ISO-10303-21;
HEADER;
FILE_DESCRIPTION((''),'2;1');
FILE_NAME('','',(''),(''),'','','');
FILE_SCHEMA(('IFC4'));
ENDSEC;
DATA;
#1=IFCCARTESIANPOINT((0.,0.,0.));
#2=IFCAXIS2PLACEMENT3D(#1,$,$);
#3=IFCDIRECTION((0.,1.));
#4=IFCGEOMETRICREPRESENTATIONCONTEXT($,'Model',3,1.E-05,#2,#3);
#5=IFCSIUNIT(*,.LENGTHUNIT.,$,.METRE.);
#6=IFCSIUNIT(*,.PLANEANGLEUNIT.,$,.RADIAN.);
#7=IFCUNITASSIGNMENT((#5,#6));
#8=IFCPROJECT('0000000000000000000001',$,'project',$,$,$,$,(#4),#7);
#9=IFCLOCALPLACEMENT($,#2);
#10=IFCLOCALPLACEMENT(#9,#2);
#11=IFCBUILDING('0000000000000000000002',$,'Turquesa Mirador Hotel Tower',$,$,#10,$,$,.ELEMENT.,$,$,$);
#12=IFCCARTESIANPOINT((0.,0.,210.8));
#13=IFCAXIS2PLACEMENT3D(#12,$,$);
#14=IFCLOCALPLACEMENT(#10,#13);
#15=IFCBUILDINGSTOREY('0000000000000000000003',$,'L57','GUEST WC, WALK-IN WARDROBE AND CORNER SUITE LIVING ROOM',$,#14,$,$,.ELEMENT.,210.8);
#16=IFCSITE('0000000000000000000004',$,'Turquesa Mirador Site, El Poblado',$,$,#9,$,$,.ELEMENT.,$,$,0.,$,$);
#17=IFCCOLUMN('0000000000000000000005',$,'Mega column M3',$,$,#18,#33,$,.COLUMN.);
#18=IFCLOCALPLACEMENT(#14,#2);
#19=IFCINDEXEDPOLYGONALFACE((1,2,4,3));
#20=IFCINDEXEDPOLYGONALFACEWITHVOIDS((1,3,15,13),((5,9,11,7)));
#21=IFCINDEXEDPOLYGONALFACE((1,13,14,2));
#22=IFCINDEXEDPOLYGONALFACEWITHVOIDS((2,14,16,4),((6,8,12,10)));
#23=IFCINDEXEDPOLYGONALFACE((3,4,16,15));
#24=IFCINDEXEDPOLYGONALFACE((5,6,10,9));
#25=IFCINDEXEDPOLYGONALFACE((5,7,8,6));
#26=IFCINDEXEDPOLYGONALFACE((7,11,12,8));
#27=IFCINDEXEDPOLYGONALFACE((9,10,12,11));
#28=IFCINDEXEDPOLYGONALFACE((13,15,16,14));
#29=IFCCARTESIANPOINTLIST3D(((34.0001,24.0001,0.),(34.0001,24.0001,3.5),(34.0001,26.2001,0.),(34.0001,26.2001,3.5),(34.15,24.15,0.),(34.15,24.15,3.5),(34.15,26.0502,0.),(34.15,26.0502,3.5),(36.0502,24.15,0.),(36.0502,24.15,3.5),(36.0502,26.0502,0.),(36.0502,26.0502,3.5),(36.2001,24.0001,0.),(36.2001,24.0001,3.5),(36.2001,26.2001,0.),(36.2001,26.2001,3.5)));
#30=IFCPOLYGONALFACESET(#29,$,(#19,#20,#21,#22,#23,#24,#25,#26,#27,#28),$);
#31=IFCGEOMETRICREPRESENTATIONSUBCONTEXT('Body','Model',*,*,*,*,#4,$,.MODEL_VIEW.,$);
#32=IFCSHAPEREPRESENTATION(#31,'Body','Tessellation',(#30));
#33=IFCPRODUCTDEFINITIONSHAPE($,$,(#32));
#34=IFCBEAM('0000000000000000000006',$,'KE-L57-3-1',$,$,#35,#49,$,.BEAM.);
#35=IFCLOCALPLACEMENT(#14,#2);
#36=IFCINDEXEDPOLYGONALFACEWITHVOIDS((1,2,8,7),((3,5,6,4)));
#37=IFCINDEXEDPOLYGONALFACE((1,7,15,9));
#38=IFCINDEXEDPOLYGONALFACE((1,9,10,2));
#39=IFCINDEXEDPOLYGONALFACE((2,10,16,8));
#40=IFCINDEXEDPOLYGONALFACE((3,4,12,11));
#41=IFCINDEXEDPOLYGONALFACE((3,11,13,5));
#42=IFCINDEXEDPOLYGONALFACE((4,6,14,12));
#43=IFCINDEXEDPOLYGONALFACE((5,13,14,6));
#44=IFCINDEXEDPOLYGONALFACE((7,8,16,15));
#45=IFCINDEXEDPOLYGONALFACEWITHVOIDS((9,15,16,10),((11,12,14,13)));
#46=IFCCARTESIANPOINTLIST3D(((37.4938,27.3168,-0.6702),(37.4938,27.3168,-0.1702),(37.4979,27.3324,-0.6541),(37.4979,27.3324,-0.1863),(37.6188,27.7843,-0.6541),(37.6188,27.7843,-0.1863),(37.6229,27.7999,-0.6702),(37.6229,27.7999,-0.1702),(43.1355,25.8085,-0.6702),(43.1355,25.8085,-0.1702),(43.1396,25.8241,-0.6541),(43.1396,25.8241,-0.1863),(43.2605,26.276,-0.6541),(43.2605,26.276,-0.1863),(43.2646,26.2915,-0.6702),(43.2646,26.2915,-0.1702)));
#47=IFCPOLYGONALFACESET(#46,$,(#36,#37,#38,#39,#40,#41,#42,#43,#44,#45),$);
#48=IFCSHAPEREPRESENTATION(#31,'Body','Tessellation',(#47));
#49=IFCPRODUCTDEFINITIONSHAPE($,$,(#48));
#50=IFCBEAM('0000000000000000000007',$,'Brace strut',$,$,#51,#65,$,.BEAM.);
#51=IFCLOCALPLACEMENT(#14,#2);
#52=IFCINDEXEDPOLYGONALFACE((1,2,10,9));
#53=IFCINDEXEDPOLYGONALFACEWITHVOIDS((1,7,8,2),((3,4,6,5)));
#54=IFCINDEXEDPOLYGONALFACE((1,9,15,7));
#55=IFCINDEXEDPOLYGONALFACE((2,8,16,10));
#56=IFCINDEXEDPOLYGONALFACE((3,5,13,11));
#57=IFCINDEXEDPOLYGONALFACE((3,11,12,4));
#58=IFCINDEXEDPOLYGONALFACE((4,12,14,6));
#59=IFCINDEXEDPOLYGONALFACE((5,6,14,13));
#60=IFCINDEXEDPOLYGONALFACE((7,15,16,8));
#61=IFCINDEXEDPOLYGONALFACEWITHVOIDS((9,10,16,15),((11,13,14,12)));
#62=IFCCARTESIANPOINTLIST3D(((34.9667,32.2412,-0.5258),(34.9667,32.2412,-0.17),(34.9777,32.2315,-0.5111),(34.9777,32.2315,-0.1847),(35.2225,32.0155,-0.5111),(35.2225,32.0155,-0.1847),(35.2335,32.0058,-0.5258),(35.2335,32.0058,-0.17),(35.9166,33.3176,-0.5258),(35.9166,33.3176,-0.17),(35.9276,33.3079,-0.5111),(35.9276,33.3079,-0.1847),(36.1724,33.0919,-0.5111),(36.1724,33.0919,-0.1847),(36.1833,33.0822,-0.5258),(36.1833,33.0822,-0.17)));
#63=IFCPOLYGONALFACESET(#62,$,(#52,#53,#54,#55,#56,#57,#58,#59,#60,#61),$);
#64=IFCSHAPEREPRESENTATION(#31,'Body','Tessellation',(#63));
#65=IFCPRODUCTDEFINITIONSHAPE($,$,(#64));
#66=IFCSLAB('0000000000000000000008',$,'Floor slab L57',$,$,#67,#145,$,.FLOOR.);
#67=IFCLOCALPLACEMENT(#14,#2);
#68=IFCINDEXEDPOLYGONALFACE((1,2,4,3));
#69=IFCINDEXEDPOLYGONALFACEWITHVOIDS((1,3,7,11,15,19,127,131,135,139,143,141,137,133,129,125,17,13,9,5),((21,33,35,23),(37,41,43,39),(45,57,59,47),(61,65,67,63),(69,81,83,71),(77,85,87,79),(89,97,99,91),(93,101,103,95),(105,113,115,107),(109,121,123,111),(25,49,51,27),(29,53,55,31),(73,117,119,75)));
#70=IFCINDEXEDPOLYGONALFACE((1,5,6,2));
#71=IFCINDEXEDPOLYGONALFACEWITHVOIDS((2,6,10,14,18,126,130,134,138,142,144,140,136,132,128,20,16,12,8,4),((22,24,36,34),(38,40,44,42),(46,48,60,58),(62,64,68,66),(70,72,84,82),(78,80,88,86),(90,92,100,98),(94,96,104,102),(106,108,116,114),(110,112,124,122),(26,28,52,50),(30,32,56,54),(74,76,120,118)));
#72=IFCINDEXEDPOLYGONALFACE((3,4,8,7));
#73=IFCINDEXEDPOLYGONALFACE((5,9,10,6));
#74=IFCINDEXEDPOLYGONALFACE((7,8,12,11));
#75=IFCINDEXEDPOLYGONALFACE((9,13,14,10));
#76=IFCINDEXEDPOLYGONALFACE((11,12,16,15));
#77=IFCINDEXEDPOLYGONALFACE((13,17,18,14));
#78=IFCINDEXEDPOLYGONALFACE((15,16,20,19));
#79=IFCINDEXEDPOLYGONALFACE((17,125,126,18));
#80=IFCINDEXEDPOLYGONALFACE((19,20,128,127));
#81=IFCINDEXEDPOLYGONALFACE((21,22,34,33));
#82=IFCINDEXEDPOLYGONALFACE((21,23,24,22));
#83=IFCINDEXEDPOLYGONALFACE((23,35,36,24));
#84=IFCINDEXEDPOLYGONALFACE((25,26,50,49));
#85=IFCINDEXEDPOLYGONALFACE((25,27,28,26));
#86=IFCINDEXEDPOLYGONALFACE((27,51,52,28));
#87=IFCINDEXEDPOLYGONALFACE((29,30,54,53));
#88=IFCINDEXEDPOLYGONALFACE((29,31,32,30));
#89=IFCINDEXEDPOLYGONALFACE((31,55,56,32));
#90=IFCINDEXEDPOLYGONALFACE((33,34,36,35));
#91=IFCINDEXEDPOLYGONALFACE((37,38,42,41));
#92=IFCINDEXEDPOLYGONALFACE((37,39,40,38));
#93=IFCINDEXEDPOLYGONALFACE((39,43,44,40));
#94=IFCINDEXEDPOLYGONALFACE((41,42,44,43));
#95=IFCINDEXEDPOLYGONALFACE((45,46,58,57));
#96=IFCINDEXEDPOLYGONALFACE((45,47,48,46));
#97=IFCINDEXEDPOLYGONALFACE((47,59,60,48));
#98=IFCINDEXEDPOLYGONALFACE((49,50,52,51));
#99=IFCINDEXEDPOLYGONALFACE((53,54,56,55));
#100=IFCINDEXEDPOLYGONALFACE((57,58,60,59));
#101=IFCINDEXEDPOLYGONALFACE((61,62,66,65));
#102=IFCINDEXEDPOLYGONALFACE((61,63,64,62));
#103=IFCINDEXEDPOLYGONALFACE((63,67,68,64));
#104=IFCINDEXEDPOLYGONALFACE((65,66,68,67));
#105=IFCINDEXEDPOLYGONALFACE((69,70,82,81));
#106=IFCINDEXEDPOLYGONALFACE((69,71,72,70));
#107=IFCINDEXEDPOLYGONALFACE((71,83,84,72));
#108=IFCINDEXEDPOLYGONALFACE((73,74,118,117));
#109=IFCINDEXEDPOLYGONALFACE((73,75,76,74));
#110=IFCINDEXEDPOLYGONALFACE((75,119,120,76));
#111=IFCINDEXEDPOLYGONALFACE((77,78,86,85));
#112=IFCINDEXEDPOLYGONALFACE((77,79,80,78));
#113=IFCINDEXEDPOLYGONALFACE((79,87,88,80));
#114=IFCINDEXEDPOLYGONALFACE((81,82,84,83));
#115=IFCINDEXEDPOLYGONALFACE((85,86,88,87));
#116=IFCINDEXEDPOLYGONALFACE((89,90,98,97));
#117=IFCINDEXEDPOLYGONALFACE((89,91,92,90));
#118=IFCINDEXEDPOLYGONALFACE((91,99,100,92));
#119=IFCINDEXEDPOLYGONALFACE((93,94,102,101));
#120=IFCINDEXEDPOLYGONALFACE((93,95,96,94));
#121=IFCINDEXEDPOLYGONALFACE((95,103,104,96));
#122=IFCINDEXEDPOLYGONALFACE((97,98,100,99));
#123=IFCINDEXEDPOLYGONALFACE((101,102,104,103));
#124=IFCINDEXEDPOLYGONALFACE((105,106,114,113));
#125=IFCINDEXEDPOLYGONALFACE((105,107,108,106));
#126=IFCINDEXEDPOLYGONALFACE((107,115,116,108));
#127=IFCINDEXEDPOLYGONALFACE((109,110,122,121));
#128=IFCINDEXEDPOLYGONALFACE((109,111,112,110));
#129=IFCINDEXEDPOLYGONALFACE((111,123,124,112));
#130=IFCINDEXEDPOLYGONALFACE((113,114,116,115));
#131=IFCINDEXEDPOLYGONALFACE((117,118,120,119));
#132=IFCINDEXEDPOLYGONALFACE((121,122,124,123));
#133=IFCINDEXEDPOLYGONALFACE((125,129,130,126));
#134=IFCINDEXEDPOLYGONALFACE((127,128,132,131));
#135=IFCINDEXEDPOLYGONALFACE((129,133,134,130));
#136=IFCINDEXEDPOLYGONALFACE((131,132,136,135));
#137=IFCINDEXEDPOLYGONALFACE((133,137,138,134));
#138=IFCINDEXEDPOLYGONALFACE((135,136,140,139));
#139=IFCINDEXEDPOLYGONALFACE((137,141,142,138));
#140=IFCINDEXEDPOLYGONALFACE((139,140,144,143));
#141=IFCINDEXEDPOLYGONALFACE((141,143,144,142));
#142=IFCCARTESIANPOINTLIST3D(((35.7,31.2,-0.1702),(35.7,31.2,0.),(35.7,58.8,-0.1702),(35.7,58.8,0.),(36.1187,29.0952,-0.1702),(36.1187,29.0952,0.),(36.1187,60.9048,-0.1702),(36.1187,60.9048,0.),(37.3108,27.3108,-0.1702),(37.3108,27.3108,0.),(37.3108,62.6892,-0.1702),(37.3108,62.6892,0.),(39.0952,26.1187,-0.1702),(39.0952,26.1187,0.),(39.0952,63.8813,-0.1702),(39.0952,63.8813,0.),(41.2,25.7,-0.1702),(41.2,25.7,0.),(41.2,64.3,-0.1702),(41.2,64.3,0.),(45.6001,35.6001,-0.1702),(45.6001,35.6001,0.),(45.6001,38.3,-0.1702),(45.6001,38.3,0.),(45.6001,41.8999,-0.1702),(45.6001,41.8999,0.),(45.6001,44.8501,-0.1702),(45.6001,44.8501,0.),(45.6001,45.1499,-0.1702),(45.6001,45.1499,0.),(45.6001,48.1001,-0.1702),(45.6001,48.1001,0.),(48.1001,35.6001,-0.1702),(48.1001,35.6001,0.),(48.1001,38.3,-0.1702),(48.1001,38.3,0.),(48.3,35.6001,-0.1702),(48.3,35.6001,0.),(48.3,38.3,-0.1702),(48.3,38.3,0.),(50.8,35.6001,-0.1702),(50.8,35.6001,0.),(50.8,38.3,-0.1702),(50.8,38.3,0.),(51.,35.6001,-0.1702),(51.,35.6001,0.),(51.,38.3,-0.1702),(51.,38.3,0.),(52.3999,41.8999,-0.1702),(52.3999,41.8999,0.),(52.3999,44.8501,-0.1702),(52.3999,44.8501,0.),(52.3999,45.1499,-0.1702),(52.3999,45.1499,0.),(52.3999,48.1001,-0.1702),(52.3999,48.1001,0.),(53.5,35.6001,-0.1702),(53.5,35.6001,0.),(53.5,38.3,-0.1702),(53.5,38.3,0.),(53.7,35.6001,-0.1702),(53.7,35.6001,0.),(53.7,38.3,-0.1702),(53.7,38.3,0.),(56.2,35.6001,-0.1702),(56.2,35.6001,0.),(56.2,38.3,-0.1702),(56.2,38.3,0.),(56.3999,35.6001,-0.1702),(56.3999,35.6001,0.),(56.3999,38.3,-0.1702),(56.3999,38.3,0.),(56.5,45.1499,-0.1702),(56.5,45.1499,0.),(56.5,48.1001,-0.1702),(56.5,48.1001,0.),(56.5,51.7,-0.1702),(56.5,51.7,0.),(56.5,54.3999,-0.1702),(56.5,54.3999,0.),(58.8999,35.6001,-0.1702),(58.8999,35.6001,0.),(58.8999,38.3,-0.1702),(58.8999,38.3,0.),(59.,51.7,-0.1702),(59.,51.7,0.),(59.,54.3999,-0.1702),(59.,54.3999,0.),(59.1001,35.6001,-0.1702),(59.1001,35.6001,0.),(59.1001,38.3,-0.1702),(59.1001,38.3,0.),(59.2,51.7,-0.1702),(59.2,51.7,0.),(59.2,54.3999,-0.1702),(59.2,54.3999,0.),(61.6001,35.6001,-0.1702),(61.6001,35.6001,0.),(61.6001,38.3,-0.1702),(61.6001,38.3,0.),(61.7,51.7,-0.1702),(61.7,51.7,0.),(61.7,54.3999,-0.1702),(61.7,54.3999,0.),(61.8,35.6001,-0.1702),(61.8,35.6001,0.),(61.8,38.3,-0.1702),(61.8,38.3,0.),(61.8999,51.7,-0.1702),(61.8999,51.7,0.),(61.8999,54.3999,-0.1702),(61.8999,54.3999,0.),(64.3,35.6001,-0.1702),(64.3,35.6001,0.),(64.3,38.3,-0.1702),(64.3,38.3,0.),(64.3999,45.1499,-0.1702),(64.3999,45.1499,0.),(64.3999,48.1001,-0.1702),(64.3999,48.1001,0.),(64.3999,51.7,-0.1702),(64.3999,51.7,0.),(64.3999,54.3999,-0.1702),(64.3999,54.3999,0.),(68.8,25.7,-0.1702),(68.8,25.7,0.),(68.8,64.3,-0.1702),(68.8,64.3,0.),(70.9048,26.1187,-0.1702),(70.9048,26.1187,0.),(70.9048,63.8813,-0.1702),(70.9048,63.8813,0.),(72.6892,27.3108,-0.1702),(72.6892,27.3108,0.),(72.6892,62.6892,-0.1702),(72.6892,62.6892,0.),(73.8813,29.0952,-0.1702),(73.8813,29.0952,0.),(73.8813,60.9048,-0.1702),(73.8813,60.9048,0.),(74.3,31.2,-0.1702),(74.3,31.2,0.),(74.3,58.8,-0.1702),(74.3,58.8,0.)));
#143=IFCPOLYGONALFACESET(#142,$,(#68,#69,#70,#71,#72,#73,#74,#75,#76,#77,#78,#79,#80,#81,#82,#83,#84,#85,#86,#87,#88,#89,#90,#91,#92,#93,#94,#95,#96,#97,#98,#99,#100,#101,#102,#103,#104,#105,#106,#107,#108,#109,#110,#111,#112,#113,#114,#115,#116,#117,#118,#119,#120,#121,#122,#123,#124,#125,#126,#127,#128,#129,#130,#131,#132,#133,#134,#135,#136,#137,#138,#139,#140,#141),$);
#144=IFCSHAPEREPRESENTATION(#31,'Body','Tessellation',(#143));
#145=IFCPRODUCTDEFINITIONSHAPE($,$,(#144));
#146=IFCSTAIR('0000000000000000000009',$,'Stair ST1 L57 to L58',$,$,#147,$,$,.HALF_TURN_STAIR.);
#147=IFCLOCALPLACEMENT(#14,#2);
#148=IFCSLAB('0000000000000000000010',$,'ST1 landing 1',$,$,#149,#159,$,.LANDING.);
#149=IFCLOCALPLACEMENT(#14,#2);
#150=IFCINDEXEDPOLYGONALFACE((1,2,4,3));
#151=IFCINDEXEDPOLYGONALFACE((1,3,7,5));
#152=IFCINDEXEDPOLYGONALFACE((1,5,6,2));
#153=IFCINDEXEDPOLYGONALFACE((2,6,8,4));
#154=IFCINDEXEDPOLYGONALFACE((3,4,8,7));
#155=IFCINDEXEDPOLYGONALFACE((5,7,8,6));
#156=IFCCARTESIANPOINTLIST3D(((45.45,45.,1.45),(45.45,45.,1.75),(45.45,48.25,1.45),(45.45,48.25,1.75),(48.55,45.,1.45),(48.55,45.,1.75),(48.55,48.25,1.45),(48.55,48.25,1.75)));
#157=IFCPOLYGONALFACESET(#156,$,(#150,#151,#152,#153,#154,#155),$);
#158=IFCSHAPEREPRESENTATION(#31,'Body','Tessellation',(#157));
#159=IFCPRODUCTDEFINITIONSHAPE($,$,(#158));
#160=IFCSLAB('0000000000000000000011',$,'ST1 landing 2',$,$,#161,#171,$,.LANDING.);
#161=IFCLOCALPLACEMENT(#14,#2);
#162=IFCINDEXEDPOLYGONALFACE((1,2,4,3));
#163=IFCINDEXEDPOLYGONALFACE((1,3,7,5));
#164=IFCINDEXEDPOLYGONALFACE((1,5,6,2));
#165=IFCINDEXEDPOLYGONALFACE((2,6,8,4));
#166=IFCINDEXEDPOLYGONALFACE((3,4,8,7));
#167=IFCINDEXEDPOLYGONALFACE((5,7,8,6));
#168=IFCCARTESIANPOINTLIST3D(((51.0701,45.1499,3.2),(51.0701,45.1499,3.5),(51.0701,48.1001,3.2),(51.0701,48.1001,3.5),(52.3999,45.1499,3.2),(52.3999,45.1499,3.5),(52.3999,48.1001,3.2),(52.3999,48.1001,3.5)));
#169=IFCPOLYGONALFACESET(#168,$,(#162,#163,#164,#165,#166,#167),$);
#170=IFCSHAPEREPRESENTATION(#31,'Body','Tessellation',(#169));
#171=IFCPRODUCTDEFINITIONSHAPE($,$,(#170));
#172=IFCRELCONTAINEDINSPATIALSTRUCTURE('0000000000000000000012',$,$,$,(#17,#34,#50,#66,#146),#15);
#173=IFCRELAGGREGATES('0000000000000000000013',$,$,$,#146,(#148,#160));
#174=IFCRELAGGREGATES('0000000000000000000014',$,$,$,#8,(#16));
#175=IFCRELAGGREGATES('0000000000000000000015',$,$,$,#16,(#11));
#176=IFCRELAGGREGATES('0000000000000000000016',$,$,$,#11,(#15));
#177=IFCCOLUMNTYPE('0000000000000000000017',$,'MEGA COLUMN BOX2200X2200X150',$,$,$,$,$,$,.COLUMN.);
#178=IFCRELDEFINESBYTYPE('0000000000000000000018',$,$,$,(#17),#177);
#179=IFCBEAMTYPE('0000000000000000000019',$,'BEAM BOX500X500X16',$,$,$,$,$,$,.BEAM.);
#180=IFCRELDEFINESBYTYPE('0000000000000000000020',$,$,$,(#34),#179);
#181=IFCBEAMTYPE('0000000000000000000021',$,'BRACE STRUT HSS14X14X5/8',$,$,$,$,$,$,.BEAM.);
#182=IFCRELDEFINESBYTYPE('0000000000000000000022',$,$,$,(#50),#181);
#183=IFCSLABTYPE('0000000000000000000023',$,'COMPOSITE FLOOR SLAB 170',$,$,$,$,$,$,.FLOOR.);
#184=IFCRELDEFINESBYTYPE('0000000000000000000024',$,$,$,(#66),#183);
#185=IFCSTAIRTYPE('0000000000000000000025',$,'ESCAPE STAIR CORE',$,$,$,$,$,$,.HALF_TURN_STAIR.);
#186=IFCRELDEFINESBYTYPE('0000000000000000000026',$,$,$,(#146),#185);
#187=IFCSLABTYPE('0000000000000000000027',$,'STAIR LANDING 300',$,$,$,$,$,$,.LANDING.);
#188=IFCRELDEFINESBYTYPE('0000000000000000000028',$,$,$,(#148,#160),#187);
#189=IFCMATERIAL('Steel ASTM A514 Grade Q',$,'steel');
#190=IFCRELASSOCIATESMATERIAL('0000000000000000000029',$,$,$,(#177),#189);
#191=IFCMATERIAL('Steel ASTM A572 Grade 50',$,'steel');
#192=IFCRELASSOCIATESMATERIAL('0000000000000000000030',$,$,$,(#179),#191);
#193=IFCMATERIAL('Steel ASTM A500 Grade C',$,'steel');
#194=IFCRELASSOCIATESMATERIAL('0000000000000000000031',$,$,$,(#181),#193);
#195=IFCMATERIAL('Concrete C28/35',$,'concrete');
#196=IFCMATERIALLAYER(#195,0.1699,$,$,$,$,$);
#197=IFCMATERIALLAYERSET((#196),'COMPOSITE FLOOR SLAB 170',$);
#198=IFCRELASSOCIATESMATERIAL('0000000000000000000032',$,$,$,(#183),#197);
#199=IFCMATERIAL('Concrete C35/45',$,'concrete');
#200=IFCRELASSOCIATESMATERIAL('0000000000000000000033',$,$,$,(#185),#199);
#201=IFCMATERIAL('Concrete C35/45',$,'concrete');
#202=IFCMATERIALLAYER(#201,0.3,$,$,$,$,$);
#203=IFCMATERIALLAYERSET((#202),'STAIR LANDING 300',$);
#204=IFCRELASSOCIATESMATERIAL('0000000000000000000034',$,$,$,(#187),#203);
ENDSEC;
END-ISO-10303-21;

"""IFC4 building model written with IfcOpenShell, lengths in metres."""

from ifc_helpers import new_model, si_unit, direction, frame, origin, origin_2d, place, context, subcontext, project, spatial, polyline, hollow_rectangle, outline, extrude, material, layer, layer_set, material_profile, profile_set, type_object, element, aggregate, save


model = new_model("IFC4")

# Units and contexts
model_context = context("Model", 3, precision=1e-05, world=origin(), true_north=direction((0.0, 1.0)))
body_context = subcontext(model_context, "Body", "Model", "MODEL_VIEW")
ifc_project = project(units=[si_unit("LENGTHUNIT", "METRE"), si_unit("PLANEANGLEUNIT", "RADIAN")], contexts=[model_context])

# Site, building, storey
site_placement = place(None, origin())
site = spatial("IfcSite", under=ifc_project, at=site_placement, Name="Turquesa Mirador Site, El Poblado", CompositionType="ELEMENT", RefElevation=0.0)
building_placement = place(site_placement, origin())
building = spatial("IfcBuilding", under=site, at=building_placement, Name="Turquesa Mirador Hotel Tower", CompositionType="ELEMENT")
storey_placement = place(building_placement, frame((0.0, 0.0, 210.8)))
storey = spatial("IfcBuildingStorey", under=building, at=storey_placement, Name="L57", Description="GUEST WC, WALK-IN WARDROBE AND CORNER SUITE LIVING ROOM", CompositionType="ELEMENT", Elevation=210.8)

# Column
ifc_material_1 = material(Name="Steel ASTM A514 Grade Q", Category="steel")
ifc_material_profile_1 = material_profile(ifc_material_1, hollow_rectangle(XDim=2.2, YDim=2.2, WallThickness=0.1499, at=origin_2d()), Name="BOX2200X2200X150")
ifc_profile_set_1 = profile_set([ifc_material_profile_1], Name="Steel ASTM A514 Grade Q")
column_type = type_object("IfcColumnType", Name="MEGA COLUMN BOX2200X2200X150", PredefinedType="COLUMN", material=ifc_profile_set_1)
column_placement = place(storey_placement, frame((35.1001, 25.1001, 0.0), z_axis=(0.0, 0.0, 1.0), x_axis=(1.0, 0.0, 0.0)))
element("IfcColumn", 1, at=column_placement, inside=storey, type_object=column_type, Name="Mega column M3", PredefinedType="COLUMN", context=body_context, shape_type="SweptSolid", body=[
    extrude(hollow_rectangle(XDim=2.2, YDim=2.2, WallThickness=0.1499, at=origin_2d()), origin(), (0.0, 0.0, 1.0), 3.5),
])

# Beams
ifc_material_2 = material(Name="Steel ASTM A572 Grade 50", Category="steel")
ifc_material_profile_2 = material_profile(ifc_material_2, hollow_rectangle(XDim=0.5, YDim=0.5, WallThickness=0.0161, at=origin_2d()), Name="BOX500X500X16")
ifc_profile_set_2 = profile_set([ifc_material_profile_2], Name="Steel ASTM A572 Grade 50")
beam_type_1 = type_object("IfcBeamType", Name="BEAM BOX500X500X16", PredefinedType="BEAM", material=ifc_profile_set_2)
beam_1_placement = place(storey_placement, frame((37.5583, 27.5583, -0.4202), z_axis=(0.96607, -0.258282, 0.0), x_axis=(0.258282, 0.96607, 0.0)))
element("IfcBeam", 2, at=beam_1_placement, inside=storey, type_object=beam_type_1, Name="KE-L57-3-1", PredefinedType="BEAM", context=body_context, shape_type="SweptSolid", body=[
    extrude(hollow_rectangle(XDim=0.5, YDim=0.5, WallThickness=0.0161, at=origin_2d()), origin(), (0.0, 0.0, 1.0), 5.8398),
])
ifc_material_3 = material(Name="Steel ASTM A500 Grade C", Category="steel")
ifc_material_profile_3 = material_profile(ifc_material_3, hollow_rectangle(XDim=0.3557, YDim=0.3557, WallThickness=0.0146, at=origin_2d()), Name="HSS14X14X5/8")
ifc_profile_set_3 = profile_set([ifc_material_profile_3], Name="Steel ASTM A500 Grade C")
beam_type_2 = type_object("IfcBeamType", Name="BRACE STRUT HSS14X14X5/8", PredefinedType="BEAM", material=ifc_profile_set_3)
beam_2_placement = place(storey_placement, frame((35.1001, 32.1235, -0.3479), z_axis=(0.661689, 0.749778, 0.0), x_axis=(-0.749778, 0.661689, 0.0)))
element("IfcBeam", 3, at=beam_2_placement, inside=storey, type_object=beam_type_2, Name="Brace strut", PredefinedType="BEAM", context=body_context, shape_type="SweptSolid", body=[
    extrude(hollow_rectangle(XDim=0.3557, YDim=0.3557, WallThickness=0.0146, at=origin_2d()), origin(), (0.0, 0.0, 1.0), 1.4355),
])

# Slab
ifc_material_4 = material(Name="Concrete C28/35", Category="concrete")
ifc_layer_1 = layer(ifc_material_4, 0.1699)
ifc_layer_set_1 = layer_set([ifc_layer_1], Name="COMPOSITE FLOOR SLAB 170")
slab_type_1 = type_object("IfcSlabType", Name="COMPOSITE FLOOR SLAB 170", PredefinedType="FLOOR", material=ifc_layer_set_1)
slab_1_placement = place(storey_placement, frame((0.0, 0.0, -0.1702)))
element("IfcSlab", 4, at=slab_1_placement, inside=storey, type_object=slab_type_1, Name="Floor slab L57", PredefinedType="FLOOR", context=body_context, shape_type="SweptSolid", body=[
    extrude(outline(polyline([(68.8, 25.7), (70.9048, 26.1187), (72.6892, 27.3108), (73.8813, 29.0952), (74.3, 31.2), (74.3, 58.8), (73.8813, 60.9048), (72.6892, 62.6892), (70.9048, 63.8813), (68.8, 64.3), (41.2, 64.3), (39.0952, 63.8813), (37.3108, 62.6892), (36.1187, 60.9048), (35.7, 58.8), (35.7, 31.2), (36.1187, 29.0952), (37.3108, 27.3108), (39.0952, 26.1187), (41.2, 25.7), (68.8, 25.7)]), holes=[polyline([(56.5, 51.7), (59.0, 51.7), (59.0, 54.3999), (56.5, 54.3999), (56.5, 51.7)]), polyline([(59.2, 51.7), (61.7, 51.7), (61.7, 54.3999), (59.2, 54.3999), (59.2, 51.7)]), polyline([(45.6001, 35.6001), (48.1001, 35.6001), (48.1001, 38.3), (45.6001, 38.3), (45.6001, 35.6001)]), polyline([(48.3, 35.6001), (50.8, 35.6001), (50.8, 38.3), (48.3, 38.3), (48.3, 35.6001)]), polyline([(51.0, 35.6001), (53.5, 35.6001), (53.5, 38.3), (51.0, 38.3), (51.0, 35.6001)]), polyline([(53.7, 35.6001), (56.2, 35.6001), (56.2, 38.3), (53.7, 38.3), (53.7, 35.6001)]), polyline([(56.3999, 35.6001), (58.8999, 35.6001), (58.8999, 38.3), (56.3999, 38.3), (56.3999, 35.6001)]), polyline([(59.1001, 35.6001), (61.6001, 35.6001), (61.6001, 38.3), (59.1001, 38.3), (59.1001, 35.6001)]), polyline([(61.8, 35.6001), (64.3, 35.6001), (64.3, 38.3), (61.8, 38.3), (61.8, 35.6001)]), polyline([(45.6001, 45.1499), (52.3999, 45.1499), (52.3999, 48.1001), (45.6001, 48.1001), (45.6001, 45.1499)]), polyline([(45.6001, 41.8999), (52.3999, 41.8999), (52.3999, 44.8501), (45.6001, 44.8501), (45.6001, 41.8999)]), polyline([(56.5, 45.1499), (64.3999, 45.1499), (64.3999, 48.1001), (56.5, 48.1001), (56.5, 45.1499)]), polyline([(61.8999, 51.7), (64.3999, 51.7), (64.3999, 54.3999), (61.8999, 54.3999), (61.8999, 51.7)])]), origin(), (0.0, 0.0, 1.0), 0.1702),
])

# Stair, slabs
ifc_material_5 = material(Name="Concrete C35/45", Category="concrete")
stair_type = type_object("IfcStairType", Name="ESCAPE STAIR CORE", PredefinedType="HALF_TURN_STAIR", material=ifc_material_5)
stair_1_placement = place(storey_placement, origin())
stair_1 = element("IfcStair", 5, at=stair_1_placement, inside=storey, type_object=stair_type, Name="Stair ST1 L57 to L58", PredefinedType="HALF_TURN_STAIR")
ifc_material_6 = material(Name="Concrete C35/45", Category="concrete")
ifc_layer_2 = layer(ifc_material_6, 0.3)
ifc_layer_set_2 = layer_set([ifc_layer_2], Name="STAIR LANDING 300")
slab_type_2 = type_object("IfcSlabType", Name="STAIR LANDING 300", PredefinedType="LANDING", material=ifc_layer_set_2)
slab_2_placement = place(storey_placement, frame((0.0, 0.0, 1.45)))
slab_2 = element("IfcSlab", 6, at=slab_2_placement, type_object=slab_type_2, Name="ST1 landing 1", PredefinedType="LANDING", context=body_context, shape_type="SweptSolid", body=[
    extrude(outline(polyline([(45.45, 45.0), (48.55, 45.0), (48.55, 48.25), (45.45, 48.25), (45.45, 45.0)])), origin(), (0.0, 0.0, 1.0), 0.3),
])
slab_3_placement = place(storey_placement, frame((0.0, 0.0, 3.2)))
slab_3 = element("IfcSlab", 7, at=slab_3_placement, type_object=slab_type_2, Name="ST1 landing 2", PredefinedType="LANDING", context=body_context, shape_type="SweptSolid", body=[
    extrude(outline(polyline([(51.0701, 45.1499), (52.3999, 45.1499), (52.3999, 48.1001), (51.0701, 48.1001), (51.0701, 45.1499)])), origin(), (0.0, 0.0, 1.0), 0.3),
])
aggregate(stair_1, [slab_2, slab_3])

save(model, "model.ifc")
